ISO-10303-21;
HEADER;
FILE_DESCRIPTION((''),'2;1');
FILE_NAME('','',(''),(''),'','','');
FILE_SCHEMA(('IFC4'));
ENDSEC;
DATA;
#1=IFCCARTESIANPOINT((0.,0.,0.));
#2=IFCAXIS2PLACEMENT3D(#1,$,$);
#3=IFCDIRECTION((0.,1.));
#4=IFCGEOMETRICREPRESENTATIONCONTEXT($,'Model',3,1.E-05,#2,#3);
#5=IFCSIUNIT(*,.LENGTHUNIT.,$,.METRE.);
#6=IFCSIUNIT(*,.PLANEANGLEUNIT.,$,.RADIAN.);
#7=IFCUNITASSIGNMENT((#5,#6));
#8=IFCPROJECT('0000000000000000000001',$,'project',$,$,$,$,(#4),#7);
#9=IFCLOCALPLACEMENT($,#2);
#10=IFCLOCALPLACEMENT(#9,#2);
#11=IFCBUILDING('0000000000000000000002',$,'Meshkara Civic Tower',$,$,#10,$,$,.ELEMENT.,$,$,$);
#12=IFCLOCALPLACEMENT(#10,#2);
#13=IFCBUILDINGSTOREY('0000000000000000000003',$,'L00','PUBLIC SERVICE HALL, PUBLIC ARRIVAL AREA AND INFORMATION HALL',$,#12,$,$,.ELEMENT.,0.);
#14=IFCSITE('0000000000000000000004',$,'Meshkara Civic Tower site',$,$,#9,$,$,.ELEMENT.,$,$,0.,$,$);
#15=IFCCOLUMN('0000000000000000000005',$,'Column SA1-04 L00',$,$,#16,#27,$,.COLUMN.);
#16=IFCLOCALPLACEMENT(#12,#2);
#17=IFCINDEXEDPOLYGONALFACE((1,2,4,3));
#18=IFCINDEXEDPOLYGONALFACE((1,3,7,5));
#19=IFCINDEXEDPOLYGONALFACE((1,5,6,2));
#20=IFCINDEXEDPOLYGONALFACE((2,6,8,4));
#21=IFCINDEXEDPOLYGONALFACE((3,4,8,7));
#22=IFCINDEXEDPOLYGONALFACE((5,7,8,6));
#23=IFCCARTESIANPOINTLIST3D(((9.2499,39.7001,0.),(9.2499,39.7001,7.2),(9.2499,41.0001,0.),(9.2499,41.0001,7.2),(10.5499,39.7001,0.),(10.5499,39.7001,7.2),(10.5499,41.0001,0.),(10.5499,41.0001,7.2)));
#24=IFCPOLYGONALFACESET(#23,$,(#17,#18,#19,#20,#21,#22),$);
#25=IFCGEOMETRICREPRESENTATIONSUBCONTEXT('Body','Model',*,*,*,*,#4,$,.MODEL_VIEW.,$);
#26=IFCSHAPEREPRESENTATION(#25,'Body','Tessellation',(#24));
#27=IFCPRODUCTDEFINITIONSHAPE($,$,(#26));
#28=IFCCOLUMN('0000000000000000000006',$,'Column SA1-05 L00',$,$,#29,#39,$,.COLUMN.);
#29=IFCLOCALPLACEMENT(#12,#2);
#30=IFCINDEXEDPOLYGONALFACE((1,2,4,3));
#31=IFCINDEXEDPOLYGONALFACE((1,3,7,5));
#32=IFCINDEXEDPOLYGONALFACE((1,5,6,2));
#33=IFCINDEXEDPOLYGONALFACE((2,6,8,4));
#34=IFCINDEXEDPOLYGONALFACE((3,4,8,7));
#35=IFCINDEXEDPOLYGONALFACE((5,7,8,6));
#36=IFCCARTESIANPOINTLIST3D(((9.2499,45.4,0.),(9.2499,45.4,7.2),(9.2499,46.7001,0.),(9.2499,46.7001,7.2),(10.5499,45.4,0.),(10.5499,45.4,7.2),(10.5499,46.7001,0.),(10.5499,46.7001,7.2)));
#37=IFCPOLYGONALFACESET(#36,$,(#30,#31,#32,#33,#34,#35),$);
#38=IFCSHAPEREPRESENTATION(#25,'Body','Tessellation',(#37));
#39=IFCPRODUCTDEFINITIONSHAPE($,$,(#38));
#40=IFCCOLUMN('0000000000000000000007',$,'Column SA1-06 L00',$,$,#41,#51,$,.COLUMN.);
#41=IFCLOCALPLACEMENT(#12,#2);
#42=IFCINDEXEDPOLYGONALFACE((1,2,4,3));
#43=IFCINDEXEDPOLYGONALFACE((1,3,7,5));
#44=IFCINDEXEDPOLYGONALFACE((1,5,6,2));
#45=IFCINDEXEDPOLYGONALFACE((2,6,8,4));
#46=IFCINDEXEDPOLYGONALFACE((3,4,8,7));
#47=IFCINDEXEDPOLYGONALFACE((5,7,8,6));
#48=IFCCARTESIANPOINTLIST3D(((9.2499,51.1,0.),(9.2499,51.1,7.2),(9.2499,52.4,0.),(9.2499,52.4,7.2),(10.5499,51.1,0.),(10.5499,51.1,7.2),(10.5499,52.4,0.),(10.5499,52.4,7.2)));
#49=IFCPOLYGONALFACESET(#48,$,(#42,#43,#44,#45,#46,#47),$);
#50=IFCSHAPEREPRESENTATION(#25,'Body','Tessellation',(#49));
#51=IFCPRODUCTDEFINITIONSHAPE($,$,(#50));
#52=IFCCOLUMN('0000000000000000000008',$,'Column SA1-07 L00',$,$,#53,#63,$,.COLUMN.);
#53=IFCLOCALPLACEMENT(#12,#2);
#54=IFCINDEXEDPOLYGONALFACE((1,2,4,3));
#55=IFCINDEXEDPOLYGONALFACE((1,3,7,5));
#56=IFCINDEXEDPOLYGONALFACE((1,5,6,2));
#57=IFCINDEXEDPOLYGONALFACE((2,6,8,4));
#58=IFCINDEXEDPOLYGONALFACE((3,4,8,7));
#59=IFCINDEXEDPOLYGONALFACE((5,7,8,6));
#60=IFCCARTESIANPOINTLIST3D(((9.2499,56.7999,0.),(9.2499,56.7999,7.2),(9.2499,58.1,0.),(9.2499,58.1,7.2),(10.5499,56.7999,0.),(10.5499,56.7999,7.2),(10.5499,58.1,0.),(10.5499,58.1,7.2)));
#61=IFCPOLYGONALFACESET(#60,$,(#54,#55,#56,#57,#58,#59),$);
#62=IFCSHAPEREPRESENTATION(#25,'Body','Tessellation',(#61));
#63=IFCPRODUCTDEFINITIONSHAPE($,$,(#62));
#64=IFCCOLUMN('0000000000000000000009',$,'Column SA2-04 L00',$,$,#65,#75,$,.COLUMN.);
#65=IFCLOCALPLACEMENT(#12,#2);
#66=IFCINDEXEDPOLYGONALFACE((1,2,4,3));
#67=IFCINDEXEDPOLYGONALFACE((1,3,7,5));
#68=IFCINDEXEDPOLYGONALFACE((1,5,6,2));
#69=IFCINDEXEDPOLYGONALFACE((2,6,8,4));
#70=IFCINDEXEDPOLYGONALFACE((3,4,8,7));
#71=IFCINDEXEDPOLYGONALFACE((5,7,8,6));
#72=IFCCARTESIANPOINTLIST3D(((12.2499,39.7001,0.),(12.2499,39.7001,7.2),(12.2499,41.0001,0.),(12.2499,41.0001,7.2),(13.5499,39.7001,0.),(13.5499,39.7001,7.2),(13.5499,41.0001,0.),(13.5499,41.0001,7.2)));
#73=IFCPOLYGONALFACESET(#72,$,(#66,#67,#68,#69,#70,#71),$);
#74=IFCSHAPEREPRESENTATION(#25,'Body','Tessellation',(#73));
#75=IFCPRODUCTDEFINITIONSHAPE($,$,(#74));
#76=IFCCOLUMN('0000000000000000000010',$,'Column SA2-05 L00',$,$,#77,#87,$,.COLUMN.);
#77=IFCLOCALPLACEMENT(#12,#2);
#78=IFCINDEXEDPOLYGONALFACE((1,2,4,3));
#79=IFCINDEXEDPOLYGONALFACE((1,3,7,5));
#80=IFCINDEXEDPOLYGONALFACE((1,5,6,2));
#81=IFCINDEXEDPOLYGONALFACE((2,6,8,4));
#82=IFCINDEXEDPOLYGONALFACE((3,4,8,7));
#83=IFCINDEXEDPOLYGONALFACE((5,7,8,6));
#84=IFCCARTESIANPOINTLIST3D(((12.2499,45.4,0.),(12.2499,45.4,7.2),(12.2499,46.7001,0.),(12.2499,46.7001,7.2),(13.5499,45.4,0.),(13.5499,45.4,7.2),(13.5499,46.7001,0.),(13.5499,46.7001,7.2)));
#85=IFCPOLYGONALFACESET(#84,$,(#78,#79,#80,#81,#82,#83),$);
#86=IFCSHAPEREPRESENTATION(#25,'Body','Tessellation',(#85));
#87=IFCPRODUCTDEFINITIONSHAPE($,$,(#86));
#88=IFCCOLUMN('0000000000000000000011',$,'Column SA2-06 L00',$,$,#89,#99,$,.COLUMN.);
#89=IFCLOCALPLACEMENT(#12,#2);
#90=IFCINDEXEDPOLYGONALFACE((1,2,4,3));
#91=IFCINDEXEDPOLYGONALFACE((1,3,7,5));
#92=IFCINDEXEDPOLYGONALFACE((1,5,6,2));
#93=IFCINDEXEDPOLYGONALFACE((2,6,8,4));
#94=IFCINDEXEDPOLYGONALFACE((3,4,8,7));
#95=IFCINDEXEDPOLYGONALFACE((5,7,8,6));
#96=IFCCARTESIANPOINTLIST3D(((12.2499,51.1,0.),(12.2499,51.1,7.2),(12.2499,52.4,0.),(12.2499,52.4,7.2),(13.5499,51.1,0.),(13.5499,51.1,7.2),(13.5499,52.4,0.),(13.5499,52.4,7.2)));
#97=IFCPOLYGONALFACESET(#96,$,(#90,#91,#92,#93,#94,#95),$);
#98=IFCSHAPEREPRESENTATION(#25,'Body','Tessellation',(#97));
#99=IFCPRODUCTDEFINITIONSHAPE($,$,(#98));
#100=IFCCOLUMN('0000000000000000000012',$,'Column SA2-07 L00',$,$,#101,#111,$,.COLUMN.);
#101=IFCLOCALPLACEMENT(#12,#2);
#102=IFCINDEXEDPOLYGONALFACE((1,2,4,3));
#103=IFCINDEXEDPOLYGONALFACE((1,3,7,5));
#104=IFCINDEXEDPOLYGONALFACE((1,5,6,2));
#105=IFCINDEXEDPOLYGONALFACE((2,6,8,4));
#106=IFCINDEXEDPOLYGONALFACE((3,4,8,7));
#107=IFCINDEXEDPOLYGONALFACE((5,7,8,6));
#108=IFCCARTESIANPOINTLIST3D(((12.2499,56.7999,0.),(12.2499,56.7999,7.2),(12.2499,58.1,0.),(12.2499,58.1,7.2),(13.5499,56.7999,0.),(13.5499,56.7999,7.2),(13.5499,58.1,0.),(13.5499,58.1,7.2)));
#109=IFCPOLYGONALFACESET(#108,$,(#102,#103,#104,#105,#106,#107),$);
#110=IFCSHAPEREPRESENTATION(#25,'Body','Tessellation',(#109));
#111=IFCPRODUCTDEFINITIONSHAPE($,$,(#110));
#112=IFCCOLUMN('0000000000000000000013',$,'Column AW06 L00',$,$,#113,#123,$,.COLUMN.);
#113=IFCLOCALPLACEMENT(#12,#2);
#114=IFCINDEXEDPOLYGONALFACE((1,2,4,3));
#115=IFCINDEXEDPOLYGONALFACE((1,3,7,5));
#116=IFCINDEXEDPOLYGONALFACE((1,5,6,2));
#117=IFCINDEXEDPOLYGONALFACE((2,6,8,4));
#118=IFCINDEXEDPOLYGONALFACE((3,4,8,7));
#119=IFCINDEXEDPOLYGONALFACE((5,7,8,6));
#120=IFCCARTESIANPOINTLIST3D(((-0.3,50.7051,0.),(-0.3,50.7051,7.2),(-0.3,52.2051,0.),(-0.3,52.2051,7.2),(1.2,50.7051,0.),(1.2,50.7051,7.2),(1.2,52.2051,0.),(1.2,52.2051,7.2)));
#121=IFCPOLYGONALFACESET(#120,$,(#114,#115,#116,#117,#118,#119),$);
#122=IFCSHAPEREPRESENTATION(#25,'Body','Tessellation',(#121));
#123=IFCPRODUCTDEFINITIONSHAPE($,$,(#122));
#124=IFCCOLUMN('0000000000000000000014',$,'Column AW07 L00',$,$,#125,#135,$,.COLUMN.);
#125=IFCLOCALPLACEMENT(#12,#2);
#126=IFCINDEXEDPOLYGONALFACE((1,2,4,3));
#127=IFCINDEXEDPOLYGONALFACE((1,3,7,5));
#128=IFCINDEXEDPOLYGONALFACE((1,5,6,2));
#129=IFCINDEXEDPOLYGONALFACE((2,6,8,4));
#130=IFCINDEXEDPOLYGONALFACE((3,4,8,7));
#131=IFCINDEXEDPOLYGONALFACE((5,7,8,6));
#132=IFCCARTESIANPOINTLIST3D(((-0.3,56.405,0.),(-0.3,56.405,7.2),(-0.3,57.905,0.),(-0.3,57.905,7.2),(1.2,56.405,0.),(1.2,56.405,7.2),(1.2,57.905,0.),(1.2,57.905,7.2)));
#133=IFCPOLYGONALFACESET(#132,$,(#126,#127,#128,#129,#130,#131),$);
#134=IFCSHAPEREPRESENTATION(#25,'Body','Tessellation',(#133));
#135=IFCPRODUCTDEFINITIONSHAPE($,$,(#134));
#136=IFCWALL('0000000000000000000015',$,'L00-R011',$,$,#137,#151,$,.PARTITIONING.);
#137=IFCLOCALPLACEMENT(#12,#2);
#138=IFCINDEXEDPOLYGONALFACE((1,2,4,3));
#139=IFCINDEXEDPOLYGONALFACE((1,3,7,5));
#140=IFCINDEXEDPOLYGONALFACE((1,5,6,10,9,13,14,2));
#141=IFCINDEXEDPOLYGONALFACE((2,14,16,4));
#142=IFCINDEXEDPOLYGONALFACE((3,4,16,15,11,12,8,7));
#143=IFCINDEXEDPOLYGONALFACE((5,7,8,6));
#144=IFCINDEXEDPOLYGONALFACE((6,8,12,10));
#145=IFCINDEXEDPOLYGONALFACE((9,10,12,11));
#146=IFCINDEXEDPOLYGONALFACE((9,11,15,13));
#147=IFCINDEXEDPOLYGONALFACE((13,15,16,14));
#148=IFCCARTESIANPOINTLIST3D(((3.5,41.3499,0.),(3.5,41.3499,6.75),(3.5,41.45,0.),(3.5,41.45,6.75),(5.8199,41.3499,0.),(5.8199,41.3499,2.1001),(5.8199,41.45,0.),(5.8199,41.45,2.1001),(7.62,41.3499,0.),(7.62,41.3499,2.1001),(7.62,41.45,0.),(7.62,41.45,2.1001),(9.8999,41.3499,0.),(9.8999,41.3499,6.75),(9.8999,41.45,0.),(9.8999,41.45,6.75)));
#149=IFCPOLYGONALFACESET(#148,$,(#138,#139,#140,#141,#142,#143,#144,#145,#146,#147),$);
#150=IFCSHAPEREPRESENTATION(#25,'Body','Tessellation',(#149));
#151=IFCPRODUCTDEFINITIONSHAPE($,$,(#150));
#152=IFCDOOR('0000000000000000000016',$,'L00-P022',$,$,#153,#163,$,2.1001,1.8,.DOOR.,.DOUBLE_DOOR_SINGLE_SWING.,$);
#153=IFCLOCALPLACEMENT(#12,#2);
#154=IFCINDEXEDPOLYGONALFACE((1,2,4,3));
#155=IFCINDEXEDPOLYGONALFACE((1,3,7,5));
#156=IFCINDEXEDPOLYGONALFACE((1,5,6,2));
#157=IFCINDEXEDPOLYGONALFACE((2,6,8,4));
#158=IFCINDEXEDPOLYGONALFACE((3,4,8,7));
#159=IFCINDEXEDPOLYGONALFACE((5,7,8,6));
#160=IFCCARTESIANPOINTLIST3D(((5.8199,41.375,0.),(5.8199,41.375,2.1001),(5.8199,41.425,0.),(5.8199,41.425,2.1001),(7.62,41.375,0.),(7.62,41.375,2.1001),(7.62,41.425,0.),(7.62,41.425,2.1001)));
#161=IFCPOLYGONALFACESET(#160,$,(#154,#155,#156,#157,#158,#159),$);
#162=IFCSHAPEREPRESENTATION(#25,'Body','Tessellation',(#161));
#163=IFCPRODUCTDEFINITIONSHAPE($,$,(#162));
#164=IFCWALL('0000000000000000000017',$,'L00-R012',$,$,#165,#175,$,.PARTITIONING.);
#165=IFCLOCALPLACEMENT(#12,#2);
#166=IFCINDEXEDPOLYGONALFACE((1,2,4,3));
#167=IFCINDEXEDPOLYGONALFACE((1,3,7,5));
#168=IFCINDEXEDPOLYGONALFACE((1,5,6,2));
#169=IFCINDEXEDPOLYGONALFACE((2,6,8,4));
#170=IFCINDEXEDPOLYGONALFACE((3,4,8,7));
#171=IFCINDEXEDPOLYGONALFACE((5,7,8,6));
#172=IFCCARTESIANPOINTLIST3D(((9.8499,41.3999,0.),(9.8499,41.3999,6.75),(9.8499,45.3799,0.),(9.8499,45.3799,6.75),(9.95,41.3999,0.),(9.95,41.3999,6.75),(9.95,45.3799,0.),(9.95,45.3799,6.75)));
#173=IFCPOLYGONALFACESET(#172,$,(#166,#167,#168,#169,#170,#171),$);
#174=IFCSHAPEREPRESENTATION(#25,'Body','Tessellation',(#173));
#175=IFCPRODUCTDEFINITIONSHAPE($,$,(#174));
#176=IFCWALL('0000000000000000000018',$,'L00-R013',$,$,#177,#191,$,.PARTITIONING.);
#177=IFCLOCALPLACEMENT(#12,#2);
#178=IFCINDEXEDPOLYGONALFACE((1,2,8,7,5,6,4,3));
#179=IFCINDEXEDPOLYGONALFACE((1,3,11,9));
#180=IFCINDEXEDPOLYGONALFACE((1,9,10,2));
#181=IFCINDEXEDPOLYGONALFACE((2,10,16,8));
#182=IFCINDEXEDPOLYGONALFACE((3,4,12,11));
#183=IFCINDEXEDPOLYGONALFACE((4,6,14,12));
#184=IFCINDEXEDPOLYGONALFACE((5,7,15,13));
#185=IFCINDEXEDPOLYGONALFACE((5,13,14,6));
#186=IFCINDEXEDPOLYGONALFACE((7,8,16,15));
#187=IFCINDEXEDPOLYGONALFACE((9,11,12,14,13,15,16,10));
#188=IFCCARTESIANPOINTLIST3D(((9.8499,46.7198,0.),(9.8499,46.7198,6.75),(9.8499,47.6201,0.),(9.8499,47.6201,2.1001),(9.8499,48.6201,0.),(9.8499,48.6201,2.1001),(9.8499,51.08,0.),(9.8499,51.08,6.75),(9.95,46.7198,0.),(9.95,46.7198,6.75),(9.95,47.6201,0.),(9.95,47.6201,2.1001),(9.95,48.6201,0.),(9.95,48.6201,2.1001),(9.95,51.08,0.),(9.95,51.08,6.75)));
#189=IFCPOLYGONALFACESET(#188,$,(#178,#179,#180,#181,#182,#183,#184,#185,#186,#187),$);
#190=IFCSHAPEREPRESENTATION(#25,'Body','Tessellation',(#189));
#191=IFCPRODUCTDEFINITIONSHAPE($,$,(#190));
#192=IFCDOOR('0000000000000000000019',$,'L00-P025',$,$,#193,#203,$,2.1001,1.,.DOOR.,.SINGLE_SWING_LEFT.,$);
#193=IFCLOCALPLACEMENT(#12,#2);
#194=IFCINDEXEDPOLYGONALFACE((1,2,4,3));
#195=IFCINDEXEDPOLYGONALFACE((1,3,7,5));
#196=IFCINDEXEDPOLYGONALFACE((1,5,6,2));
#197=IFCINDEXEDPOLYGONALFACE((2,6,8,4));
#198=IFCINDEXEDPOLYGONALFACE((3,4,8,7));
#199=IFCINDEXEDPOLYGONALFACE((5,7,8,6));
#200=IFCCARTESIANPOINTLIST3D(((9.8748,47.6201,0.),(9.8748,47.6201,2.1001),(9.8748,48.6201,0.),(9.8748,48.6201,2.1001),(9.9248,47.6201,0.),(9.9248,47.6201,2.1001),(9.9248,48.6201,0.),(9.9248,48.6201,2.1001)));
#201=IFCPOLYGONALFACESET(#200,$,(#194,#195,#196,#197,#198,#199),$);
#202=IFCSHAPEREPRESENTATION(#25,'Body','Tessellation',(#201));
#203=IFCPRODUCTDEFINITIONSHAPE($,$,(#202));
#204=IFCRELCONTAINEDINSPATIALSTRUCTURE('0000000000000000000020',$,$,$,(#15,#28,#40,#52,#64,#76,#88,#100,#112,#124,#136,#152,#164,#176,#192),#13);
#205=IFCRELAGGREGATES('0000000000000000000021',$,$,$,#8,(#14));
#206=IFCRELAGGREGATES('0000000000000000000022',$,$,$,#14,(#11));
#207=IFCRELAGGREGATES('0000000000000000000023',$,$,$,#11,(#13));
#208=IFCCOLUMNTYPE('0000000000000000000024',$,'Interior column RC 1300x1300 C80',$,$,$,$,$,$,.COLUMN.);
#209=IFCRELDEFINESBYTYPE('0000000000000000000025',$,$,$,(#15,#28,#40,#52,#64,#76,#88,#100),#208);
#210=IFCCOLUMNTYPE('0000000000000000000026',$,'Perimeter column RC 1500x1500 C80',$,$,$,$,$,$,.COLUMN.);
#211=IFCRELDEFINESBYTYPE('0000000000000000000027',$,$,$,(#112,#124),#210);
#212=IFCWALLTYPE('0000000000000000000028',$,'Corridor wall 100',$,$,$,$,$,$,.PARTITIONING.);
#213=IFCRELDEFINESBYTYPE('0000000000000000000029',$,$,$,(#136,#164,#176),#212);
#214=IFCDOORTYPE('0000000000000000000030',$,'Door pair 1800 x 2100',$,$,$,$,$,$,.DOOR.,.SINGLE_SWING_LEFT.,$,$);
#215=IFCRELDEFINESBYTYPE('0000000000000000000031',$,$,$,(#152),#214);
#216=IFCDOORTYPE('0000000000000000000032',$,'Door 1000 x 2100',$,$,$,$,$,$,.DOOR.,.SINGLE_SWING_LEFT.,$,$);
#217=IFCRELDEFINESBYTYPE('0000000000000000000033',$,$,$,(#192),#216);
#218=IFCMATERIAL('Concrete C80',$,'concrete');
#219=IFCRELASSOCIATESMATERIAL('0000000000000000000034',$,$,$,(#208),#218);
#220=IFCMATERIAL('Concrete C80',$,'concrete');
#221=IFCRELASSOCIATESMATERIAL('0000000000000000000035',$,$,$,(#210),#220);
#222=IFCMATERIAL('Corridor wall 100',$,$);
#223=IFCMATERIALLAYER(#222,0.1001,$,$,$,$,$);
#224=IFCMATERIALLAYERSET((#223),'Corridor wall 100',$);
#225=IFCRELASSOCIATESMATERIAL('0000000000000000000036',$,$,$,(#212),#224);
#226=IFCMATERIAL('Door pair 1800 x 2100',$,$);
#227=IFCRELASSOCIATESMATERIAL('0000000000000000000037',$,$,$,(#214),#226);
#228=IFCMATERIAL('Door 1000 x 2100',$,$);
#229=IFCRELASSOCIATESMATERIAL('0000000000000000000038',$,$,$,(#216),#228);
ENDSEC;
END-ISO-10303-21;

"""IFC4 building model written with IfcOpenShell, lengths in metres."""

from ifc_helpers import new_model, si_unit, direction, frame, frame_2d, origin, origin_2d, place, context, subcontext, project, spatial, rectangle, extrude, material, layer, layer_set, material_profile, profile_set, type_object, element, fill, save


model = new_model("IFC4")

# Units and contexts
model_context = context("Model", 3, precision=1e-05, world=origin(), true_north=direction((0.0, 1.0)))
body_context = subcontext(model_context, "Body", "Model", "MODEL_VIEW")
ifc_project = project(units=[si_unit("LENGTHUNIT", "METRE"), si_unit("PLANEANGLEUNIT", "RADIAN")], contexts=[model_context])

# Site, building, storey
site_placement = place(None, origin())
site = spatial("IfcSite", under=ifc_project, at=site_placement, Name="Meshkara Civic Tower site", CompositionType="ELEMENT", RefElevation=0.0)
building_placement = place(site_placement, origin())
building = spatial("IfcBuilding", under=site, at=building_placement, Name="Meshkara Civic Tower", CompositionType="ELEMENT")
storey_placement = place(building_placement, origin())
storey = spatial("IfcBuildingStorey", under=building, at=storey_placement, Name="L00", Description="PUBLIC SERVICE HALL, PUBLIC ARRIVAL AREA AND INFORMATION HALL", CompositionType="ELEMENT", Elevation=0.0)

# Columns
ifc_material_1 = material(Name="Concrete C80", Category="concrete")
ifc_material_profile_1 = material_profile(ifc_material_1, rectangle(XDim=1.3, YDim=1.3, at=origin_2d()))
ifc_profile_set_1 = profile_set([ifc_material_profile_1], Name="Concrete C80")
column_type_1 = type_object("IfcColumnType", Name="Interior column RC 1300x1300 C80", PredefinedType="COLUMN", material=ifc_profile_set_1)
for number, where, z_axis, x_axis, name in (
    (1, (9.8999, 40.3501, 0.0), (0.0, 0.0, 1.0), (1.0, 0.0, 0.0), "Column SA1-04 L00"),
    (2, (9.8999, 46.05, 0.0), (0.0, 0.0, 1.0), (1.0, 0.0, 0.0), "Column SA1-05 L00"),
    (3, (9.8999, 51.75, 0.0), (0.0, 0.0, 1.0), (1.0, 0.0, 0.0), "Column SA1-06 L00"),
    (4, (9.8999, 57.45, 0.0), (0.0, 0.0, 1.0), (1.0, 0.0, 0.0), "Column SA1-07 L00"),
    (5, (12.8999, 40.3501, 0.0), (0.0, 0.0, 1.0), (1.0, 0.0, 0.0), "Column SA2-04 L00"),
    (6, (12.8999, 46.05, 0.0), (0.0, 0.0, 1.0), (1.0, 0.0, 0.0), "Column SA2-05 L00"),
    (7, (12.8999, 51.75, 0.0), (0.0, 0.0, 1.0), (1.0, 0.0, 0.0), "Column SA2-06 L00"),
    (8, (12.8999, 57.45, 0.0), (0.0, 0.0, 1.0), (1.0, 0.0, 0.0), "Column SA2-07 L00"),
):
    element("IfcColumn", number, at=place(storey_placement, frame(where, z_axis=z_axis, x_axis=x_axis)), inside=storey, type_object=column_type_1, Name=name, PredefinedType="COLUMN", context=body_context, shape_type="SweptSolid", body=[
        extrude(rectangle(XDim=1.3, YDim=1.3, at=origin_2d()), origin(), (0.0, 0.0, 1.0), 7.2),
    ])
ifc_material_2 = material(Name="Concrete C80", Category="concrete")
ifc_material_profile_2 = material_profile(ifc_material_2, rectangle(XDim=1.5, YDim=1.5, at=origin_2d()))
ifc_profile_set_2 = profile_set([ifc_material_profile_2], Name="Concrete C80")
column_type_2 = type_object("IfcColumnType", Name="Perimeter column RC 1500x1500 C80", PredefinedType="COLUMN", material=ifc_profile_set_2)
for number, where, z_axis, x_axis, name in (
    (9, (0.45, 51.4551, 0.0), (0.0, 0.0, 1.0), (1.0, 0.0, 0.0), "Column AW06 L00"),
    (10, (0.45, 57.155, 0.0), (0.0, 0.0, 1.0), (1.0, 0.0, 0.0), "Column AW07 L00"),
):
    element("IfcColumn", number, at=place(storey_placement, frame(where, z_axis=z_axis, x_axis=x_axis)), inside=storey, type_object=column_type_2, Name=name, PredefinedType="COLUMN", context=body_context, shape_type="SweptSolid", body=[
        extrude(rectangle(XDim=1.5, YDim=1.5, at=origin_2d()), origin(), (0.0, 0.0, 1.0), 7.2),
    ])

# Wall, opening, door
ifc_material_3 = material(Name="Corridor wall 100")
ifc_layer_1 = layer(ifc_material_3, 0.1001)
ifc_layer_set_1 = layer_set([ifc_layer_1], Name="Corridor wall 100")
wall_type_1 = type_object("IfcWallType", Name="Corridor wall 100", PredefinedType="PARTITIONING", material=ifc_layer_set_1)
wall_1_placement = place(storey_placement, frame((9.8999, 41.3999, 0.0), z_axis=(0.0, 0.0, 1.0), x_axis=(-1.0, 0.0, 0.0)))
wall_1 = element("IfcWall", 11, at=wall_1_placement, inside=storey, type_object=wall_type_1, Name="L00-R011", PredefinedType="PARTITIONING", context=body_context, shape_type="SweptSolid", body=[
    extrude(rectangle(XDim=6.3999, YDim=0.1001, at=frame_2d((3.2, 0.0))), origin(), (0.0, 0.0, 1.0), 6.75),
])
opening_1_placement = place(wall_1_placement, frame((2.28, 0.0, 0.0)))
opening_1 = element("IfcOpeningElement", 12, at=opening_1_placement, cuts=wall_1, PredefinedType="OPENING", context=body_context, shape_type="SweptSolid", body=[
    extrude(rectangle(XDim=1.8, YDim=2.1001, at=frame_2d((0.8999, 1.05))), frame((0.0, 0.0601, 0.0), z_axis=(0.0, -1.0, 0.0), x_axis=(1.0, 0.0, 0.0)), (0.0, 0.0, 1.0), 0.1201),
])
ifc_material_4 = material(Name="Door pair 1800 x 2100")
door_type_1 = type_object("IfcDoorType", Name="Door pair 1800 x 2100", OperationType="SINGLE_SWING_LEFT", PredefinedType="DOOR", material=ifc_material_4)
door_1_placement = place(opening_1_placement, origin())
door_1 = element("IfcDoor", 13, at=door_1_placement, inside=storey, type_object=door_type_1, Name="L00-P022", OperationType="DOUBLE_DOOR_SINGLE_SWING", OverallHeight=2.1001, OverallWidth=1.8, PredefinedType="DOOR", context=body_context, shape_type="SweptSolid", body=[
    extrude(rectangle(XDim=1.8, YDim=2.1001, at=frame_2d((0.8999, 1.05))), frame((0.0, 0.0249, 0.0), z_axis=(0.0, -1.0, 0.0), x_axis=(1.0, 0.0, 0.0)), (0.0, 0.0, 1.0), 0.05),
])
fill(opening_1, door_1)

# Wall
wall_2_placement = place(storey_placement, frame((9.8999, 45.3799, 0.0), z_axis=(0.0, 0.0, 1.0), x_axis=(0.0, -1.0, 0.0)))
element("IfcWall", 14, at=wall_2_placement, inside=storey, type_object=wall_type_1, Name="L00-R012", PredefinedType="PARTITIONING", context=body_context, shape_type="SweptSolid", body=[
    extrude(rectangle(XDim=3.98, YDim=0.1001, at=frame_2d((1.99, 0.0))), origin(), (0.0, 0.0, 1.0), 6.75),
])

# Wall, opening, door
wall_3_placement = place(storey_placement, frame((9.8999, 51.0801, 0.0), z_axis=(0.0, 0.0, 1.0), x_axis=(0.0, -1.0, 0.0)))
wall_3 = element("IfcWall", 15, at=wall_3_placement, inside=storey, type_object=wall_type_1, Name="L00-R013", PredefinedType="PARTITIONING", context=body_context, shape_type="SweptSolid", body=[
    extrude(rectangle(XDim=4.3601, YDim=0.1001, at=frame_2d((2.1802, 0.0))), origin(), (0.0, 0.0, 1.0), 6.75),
])
opening_2_placement = place(wall_3_placement, frame((2.46, 0.0, 0.0)))
opening_2 = element("IfcOpeningElement", 16, at=opening_2_placement, cuts=wall_3, PredefinedType="OPENING", context=body_context, shape_type="SweptSolid", body=[
    extrude(rectangle(XDim=1.0, YDim=2.1001, at=frame_2d((0.5, 1.05))), frame((0.0, 0.0601, 0.0), z_axis=(0.0, -1.0, 0.0), x_axis=(1.0, 0.0, 0.0)), (0.0, 0.0, 1.0), 0.1201),
])
ifc_material_5 = material(Name="Door 1000 x 2100")
door_type_2 = type_object("IfcDoorType", Name="Door 1000 x 2100", OperationType="SINGLE_SWING_LEFT", PredefinedType="DOOR", material=ifc_material_5)
door_2_placement = place(opening_2_placement, origin())
door_2 = element("IfcDoor", 17, at=door_2_placement, inside=storey, type_object=door_type_2, Name="L00-P025", OperationType="SINGLE_SWING_LEFT", OverallHeight=2.1001, OverallWidth=1.0, PredefinedType="DOOR", context=body_context, shape_type="SweptSolid", body=[
    extrude(rectangle(XDim=1.0, YDim=2.1001, at=frame_2d((0.5, 1.05))), frame((0.0, 0.0249, 0.0), z_axis=(0.0, -1.0, 0.0), x_axis=(1.0, 0.0, 0.0)), (0.0, 0.0, 1.0), 0.05),
])
fill(opening_2, door_2)

save(model, "model.ifc")
